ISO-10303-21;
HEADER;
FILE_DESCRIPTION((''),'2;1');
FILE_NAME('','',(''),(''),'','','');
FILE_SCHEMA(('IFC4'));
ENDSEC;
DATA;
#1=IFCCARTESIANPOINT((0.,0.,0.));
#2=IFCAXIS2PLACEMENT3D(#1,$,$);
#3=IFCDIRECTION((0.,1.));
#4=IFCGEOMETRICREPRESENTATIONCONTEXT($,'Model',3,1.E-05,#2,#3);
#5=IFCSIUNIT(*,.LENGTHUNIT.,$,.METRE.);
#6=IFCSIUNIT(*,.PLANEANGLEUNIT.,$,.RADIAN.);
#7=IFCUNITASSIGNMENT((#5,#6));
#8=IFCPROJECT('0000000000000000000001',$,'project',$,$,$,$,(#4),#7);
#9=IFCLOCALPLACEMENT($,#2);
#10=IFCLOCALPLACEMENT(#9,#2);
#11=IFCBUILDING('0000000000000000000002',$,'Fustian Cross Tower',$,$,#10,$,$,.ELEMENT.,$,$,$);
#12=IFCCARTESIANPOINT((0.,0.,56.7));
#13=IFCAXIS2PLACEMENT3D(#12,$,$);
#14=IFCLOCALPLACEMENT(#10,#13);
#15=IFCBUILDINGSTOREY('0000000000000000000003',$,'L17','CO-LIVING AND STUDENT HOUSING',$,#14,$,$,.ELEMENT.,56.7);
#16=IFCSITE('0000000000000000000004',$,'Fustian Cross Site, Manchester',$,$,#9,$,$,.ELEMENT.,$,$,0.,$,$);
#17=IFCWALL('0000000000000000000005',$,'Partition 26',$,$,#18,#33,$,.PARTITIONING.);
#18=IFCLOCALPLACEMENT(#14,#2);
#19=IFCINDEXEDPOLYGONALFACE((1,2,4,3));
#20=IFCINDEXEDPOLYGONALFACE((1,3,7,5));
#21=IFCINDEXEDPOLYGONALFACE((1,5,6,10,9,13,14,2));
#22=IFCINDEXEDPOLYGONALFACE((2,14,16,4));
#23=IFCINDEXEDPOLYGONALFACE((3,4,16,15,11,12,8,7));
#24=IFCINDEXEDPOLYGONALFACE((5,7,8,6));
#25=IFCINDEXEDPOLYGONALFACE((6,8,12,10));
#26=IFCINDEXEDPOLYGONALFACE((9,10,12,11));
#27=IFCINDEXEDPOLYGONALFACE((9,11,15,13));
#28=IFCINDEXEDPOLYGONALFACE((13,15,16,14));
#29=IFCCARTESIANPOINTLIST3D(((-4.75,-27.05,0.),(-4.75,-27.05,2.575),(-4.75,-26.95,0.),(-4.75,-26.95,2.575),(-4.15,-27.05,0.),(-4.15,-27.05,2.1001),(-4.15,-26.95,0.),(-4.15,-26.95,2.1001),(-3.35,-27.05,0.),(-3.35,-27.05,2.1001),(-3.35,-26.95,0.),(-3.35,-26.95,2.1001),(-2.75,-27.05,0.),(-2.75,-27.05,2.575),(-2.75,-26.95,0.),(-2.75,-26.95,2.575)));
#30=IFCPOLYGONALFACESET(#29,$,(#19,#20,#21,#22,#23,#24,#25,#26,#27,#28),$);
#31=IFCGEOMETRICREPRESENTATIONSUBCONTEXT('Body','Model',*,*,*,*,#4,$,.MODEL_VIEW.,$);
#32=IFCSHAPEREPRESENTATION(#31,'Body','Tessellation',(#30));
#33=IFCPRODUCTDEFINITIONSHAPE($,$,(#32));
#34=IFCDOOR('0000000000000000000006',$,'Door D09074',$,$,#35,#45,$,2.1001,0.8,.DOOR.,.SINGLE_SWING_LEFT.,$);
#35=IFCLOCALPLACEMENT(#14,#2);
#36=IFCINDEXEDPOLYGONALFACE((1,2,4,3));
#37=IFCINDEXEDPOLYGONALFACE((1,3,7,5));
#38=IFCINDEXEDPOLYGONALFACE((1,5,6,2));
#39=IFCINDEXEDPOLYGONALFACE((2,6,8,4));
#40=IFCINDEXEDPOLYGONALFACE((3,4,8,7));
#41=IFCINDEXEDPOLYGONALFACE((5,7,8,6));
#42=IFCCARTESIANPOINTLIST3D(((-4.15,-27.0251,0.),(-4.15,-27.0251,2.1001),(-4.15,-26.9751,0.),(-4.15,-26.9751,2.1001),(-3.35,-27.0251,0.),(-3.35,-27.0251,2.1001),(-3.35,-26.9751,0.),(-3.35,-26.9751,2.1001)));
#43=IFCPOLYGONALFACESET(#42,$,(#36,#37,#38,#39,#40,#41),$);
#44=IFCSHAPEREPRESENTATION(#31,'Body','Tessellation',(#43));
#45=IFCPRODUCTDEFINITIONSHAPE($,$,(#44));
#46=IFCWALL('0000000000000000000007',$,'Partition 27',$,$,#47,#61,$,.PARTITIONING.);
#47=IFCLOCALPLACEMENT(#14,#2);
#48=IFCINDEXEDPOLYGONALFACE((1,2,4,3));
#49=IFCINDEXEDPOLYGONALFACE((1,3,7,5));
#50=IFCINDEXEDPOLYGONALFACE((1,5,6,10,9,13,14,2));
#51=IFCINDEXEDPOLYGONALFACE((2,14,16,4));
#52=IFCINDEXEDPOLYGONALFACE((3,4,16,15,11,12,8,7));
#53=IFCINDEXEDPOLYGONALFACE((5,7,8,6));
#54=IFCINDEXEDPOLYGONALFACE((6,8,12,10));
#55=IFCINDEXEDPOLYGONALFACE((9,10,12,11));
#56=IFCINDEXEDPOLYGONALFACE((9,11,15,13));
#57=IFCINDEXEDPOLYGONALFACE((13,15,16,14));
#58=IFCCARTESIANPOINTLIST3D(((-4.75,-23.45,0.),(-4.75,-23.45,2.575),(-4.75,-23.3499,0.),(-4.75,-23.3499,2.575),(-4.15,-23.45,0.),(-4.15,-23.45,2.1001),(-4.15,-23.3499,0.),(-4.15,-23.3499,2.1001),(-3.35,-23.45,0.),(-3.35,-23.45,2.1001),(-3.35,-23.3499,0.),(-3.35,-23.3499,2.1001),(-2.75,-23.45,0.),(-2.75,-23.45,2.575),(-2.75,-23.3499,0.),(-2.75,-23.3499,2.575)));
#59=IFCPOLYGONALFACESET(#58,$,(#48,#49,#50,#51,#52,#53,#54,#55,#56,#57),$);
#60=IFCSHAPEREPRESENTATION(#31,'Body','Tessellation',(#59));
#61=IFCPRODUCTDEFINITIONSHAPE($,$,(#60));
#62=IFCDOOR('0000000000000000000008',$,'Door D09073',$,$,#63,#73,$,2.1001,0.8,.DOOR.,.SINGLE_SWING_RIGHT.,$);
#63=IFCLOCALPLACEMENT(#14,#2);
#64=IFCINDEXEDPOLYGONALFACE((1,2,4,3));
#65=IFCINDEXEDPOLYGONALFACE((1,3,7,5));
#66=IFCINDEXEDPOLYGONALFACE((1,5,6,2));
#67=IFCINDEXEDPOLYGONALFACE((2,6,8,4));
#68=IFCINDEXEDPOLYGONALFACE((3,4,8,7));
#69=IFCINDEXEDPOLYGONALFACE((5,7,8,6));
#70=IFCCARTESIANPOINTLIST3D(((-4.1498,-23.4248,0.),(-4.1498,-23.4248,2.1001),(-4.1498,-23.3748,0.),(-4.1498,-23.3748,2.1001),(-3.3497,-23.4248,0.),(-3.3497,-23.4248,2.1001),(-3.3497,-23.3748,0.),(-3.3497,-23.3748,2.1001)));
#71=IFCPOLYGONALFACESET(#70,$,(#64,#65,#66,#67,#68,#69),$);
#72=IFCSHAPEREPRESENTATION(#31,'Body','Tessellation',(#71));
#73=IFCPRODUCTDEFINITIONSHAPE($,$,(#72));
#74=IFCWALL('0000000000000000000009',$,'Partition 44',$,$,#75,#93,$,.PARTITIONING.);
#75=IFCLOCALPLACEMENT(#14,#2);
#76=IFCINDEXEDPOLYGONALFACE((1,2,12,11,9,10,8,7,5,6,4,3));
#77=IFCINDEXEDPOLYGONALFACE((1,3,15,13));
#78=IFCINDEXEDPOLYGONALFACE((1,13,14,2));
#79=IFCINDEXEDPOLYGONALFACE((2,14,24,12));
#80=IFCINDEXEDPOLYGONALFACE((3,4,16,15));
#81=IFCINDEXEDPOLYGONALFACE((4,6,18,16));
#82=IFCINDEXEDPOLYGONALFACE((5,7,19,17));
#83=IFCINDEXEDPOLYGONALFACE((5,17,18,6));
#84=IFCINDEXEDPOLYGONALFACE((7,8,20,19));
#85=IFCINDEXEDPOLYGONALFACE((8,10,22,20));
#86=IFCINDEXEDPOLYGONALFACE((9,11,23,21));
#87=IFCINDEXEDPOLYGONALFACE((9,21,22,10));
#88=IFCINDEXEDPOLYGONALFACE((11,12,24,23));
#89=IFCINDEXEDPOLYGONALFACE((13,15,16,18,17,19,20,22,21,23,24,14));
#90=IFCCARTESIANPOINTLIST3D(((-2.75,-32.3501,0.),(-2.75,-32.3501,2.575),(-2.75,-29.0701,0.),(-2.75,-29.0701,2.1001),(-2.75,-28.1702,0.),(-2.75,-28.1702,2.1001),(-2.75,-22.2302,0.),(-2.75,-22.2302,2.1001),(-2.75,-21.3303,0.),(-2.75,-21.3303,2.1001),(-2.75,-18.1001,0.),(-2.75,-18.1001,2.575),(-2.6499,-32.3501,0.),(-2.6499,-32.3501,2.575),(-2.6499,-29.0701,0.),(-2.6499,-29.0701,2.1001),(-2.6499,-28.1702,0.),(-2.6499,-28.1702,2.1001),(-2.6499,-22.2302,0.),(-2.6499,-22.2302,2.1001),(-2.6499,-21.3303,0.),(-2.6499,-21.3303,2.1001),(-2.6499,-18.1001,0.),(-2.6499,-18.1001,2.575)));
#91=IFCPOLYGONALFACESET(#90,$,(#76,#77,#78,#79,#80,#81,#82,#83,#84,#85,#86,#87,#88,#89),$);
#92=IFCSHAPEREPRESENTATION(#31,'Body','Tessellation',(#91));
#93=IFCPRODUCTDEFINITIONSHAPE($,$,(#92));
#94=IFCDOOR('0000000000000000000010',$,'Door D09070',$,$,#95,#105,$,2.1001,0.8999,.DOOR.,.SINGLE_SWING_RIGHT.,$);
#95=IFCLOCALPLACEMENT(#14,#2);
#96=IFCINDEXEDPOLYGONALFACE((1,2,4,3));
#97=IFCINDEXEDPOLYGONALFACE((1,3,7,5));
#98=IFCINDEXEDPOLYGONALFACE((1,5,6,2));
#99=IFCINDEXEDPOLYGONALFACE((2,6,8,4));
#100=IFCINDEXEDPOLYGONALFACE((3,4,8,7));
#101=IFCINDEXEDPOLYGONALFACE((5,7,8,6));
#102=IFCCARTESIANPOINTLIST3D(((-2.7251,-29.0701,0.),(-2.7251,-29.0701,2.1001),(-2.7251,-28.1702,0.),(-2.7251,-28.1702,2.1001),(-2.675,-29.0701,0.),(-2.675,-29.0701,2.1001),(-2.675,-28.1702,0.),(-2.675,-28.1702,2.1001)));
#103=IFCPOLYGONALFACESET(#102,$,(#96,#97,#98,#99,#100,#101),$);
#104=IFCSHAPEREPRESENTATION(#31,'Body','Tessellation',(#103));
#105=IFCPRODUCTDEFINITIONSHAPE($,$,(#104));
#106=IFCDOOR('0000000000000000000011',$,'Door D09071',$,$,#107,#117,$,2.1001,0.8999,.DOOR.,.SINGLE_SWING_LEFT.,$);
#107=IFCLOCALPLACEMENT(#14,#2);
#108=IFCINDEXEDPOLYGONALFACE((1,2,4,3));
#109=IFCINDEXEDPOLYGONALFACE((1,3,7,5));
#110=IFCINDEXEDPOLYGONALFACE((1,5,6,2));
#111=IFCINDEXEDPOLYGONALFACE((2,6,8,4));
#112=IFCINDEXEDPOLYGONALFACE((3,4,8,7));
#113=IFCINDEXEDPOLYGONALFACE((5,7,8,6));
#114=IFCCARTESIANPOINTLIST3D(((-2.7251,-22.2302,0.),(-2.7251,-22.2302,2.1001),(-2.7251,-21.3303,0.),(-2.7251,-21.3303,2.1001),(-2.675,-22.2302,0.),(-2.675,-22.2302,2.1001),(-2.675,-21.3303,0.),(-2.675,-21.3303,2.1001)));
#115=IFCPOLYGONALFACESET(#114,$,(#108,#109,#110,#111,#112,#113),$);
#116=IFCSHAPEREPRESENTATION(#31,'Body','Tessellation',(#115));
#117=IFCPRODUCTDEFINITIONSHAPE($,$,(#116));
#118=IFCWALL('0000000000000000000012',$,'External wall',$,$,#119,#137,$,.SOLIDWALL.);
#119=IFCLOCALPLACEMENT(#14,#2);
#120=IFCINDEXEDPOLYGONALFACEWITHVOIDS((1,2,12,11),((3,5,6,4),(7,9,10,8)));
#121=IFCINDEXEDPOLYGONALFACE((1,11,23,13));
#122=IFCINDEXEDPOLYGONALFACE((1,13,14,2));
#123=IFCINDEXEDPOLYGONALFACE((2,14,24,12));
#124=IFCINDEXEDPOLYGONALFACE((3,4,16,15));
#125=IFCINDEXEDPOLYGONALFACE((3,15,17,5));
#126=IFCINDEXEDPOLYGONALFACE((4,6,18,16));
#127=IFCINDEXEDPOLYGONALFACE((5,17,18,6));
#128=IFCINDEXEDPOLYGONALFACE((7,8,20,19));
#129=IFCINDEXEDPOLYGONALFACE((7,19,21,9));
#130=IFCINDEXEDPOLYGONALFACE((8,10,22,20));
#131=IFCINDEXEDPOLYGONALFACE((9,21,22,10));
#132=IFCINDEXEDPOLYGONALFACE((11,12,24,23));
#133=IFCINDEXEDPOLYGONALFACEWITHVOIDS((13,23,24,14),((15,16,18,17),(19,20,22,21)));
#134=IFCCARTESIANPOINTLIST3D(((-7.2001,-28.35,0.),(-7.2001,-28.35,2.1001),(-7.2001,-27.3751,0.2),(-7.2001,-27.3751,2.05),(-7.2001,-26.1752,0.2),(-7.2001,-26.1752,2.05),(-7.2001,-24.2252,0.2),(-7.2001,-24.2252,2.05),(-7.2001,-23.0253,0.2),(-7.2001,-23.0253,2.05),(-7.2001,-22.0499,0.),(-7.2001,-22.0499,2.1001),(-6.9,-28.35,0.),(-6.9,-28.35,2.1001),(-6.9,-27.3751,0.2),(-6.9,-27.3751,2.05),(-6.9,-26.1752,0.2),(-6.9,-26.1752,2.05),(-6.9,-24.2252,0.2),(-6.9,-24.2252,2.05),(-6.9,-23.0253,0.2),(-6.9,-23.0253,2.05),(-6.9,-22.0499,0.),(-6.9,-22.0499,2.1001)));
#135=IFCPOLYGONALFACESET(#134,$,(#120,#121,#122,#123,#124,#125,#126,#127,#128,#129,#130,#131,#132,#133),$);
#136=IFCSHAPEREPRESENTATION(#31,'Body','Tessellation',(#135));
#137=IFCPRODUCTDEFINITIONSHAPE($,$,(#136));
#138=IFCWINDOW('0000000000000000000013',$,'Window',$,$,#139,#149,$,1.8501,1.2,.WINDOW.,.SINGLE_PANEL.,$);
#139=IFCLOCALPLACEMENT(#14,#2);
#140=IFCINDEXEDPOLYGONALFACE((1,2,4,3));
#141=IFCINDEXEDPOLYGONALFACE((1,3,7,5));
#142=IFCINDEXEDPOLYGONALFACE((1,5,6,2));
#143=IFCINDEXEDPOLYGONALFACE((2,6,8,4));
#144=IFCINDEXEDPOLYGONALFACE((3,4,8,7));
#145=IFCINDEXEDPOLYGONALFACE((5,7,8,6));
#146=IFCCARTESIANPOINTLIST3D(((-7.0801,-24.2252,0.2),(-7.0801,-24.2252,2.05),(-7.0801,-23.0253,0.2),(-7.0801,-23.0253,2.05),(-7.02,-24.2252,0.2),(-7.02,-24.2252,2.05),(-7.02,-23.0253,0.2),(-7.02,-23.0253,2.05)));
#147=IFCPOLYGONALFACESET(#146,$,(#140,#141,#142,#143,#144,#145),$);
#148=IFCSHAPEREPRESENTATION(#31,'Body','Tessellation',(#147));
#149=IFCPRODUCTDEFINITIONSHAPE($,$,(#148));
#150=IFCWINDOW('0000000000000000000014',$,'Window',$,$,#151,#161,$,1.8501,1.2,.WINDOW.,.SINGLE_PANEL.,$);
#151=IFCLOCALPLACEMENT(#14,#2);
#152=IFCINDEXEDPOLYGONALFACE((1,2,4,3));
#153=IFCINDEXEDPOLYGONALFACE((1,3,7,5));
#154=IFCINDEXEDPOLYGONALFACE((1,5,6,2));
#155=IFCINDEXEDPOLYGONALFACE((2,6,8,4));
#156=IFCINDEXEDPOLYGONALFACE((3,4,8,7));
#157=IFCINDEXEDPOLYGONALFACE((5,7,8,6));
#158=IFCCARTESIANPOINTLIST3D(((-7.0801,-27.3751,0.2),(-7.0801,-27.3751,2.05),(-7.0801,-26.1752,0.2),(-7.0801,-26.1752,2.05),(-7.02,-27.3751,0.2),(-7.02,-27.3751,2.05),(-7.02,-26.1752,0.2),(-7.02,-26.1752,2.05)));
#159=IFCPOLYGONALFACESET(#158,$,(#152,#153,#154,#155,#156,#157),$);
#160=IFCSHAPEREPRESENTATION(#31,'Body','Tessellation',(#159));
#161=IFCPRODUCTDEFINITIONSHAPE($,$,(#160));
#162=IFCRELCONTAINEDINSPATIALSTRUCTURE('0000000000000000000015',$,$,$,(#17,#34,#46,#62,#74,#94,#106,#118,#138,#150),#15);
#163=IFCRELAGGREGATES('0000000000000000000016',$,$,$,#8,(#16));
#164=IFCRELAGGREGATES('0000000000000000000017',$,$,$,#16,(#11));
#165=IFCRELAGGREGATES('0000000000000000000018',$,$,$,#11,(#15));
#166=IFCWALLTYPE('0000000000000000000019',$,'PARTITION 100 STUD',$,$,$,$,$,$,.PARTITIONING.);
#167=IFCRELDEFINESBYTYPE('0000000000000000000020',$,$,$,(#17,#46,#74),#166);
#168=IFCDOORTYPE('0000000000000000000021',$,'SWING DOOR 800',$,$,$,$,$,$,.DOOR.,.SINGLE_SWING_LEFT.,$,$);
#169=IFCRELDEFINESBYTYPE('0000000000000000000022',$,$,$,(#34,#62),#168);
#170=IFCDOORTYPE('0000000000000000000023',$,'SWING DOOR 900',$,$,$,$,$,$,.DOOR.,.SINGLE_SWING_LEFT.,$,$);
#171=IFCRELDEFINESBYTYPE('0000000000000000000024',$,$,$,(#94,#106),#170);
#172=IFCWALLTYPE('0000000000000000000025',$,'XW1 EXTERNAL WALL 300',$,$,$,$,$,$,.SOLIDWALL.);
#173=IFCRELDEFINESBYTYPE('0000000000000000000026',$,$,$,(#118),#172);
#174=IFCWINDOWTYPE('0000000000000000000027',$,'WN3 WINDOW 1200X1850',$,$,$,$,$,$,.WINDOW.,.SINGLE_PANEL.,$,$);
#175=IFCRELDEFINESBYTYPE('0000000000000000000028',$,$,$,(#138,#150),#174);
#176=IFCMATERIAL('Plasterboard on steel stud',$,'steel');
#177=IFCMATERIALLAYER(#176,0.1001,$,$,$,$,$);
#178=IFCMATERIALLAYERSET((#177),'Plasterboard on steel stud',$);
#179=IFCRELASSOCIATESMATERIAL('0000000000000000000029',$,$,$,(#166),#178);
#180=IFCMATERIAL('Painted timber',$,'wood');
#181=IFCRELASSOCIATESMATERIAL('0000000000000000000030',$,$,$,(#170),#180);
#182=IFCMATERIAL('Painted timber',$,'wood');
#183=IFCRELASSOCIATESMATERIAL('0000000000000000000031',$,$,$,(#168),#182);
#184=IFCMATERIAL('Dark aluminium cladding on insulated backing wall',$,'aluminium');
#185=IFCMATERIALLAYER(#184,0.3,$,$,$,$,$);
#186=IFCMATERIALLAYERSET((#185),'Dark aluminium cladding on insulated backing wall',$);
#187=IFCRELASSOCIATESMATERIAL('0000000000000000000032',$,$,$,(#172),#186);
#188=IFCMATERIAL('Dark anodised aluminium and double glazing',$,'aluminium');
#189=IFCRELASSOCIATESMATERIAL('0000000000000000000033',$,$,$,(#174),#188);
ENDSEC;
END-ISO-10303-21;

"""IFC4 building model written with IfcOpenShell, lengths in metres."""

from ifc_helpers import new_model, si_unit, direction, frame, frame_2d, origin, place, context, subcontext, project, spatial, rectangle, extrude, material, layer, layer_set, type_object, element, fill, save


model = new_model("IFC4")

# Units and contexts
model_context = context("Model", 3, precision=1e-05, world=origin(), true_north=direction((0.0, 1.0)))
body_context = subcontext(model_context, "Body", "Model", "MODEL_VIEW")
ifc_project = project(units=[si_unit("LENGTHUNIT", "METRE"), si_unit("PLANEANGLEUNIT", "RADIAN")], contexts=[model_context])

# Site, building, storey
site_placement = place(None, origin())
site = spatial("IfcSite", under=ifc_project, at=site_placement, Name="Fustian Cross Site, Manchester", CompositionType="ELEMENT", RefElevation=0.0)
building_placement = place(site_placement, origin())
building = spatial("IfcBuilding", under=site, at=building_placement, Name="Fustian Cross Tower", CompositionType="ELEMENT")
storey_placement = place(building_placement, frame((0.0, 0.0, 56.7)))
storey = spatial("IfcBuildingStorey", under=building, at=storey_placement, Name="L17", Description="CO-LIVING AND STUDENT HOUSING", CompositionType="ELEMENT", Elevation=56.7)

# Shared definitions
ifc_material_1 = material(Name="Plasterboard on steel stud", Category="steel")
ifc_layer_1 = layer(ifc_material_1, 0.1001)
ifc_layer_set_1 = layer_set([ifc_layer_1], Name="Plasterboard on steel stud")
wall_type_1 = type_object("IfcWallType", Name="PARTITION 100 STUD", PredefinedType="PARTITIONING", material=ifc_layer_set_1)

# Shared definitions
ifc_material_2 = material(Name="Painted timber", Category="wood")
door_type_1 = type_object("IfcDoorType", Name="SWING DOOR 900", OperationType="SINGLE_SWING_LEFT", PredefinedType="DOOR", material=ifc_material_2)

# Shared definitions
ifc_material_3 = material(Name="Painted timber", Category="wood")
door_type_2 = type_object("IfcDoorType", Name="SWING DOOR 800", OperationType="SINGLE_SWING_LEFT", PredefinedType="DOOR", material=ifc_material_3)

# Walls, openings, doors
wall_1_placement = place(storey_placement, frame((-4.75, -27.0, 0.0), z_axis=(0.0, 0.0, 1.0), x_axis=(1.0, 0.0, 0.0)))
wall_1 = element("IfcWall", 1, at=wall_1_placement, inside=storey, type_object=wall_type_1, Name="Partition 26", PredefinedType="PARTITIONING", context=body_context, shape_type="SweptSolid", body=[
    extrude(rectangle(XDim=2.0, YDim=0.1001, at=frame_2d((1.0, 0.0))), origin(), (0.0, 0.0, 1.0), 2.575),
])
opening_1_placement = place(wall_1_placement, frame((0.6001, 0.0, 0.0)))
opening_1 = element("IfcOpeningElement", 2, at=opening_1_placement, cuts=wall_1, PredefinedType="OPENING", context=body_context, shape_type="SweptSolid", body=[
    extrude(rectangle(XDim=0.8, YDim=2.1001, at=frame_2d((0.3999, 1.05))), frame((0.0, 0.0601, 0.0), z_axis=(0.0, -1.0, 0.0), x_axis=(1.0, 0.0, 0.0)), (0.0, 0.0, 1.0), 0.1201),
])
door_1_placement = place(opening_1_placement, origin())
door_1 = element("IfcDoor", 3, at=door_1_placement, inside=storey, type_object=door_type_2, Name="Door D09074", OperationType="SINGLE_SWING_LEFT", OverallHeight=2.1001, OverallWidth=0.8, PredefinedType="DOOR", context=body_context, shape_type="SweptSolid", body=[
    extrude(rectangle(XDim=0.8, YDim=2.1001, at=frame_2d((0.3999, 1.05))), frame((0.0, 0.0249, 0.0), z_axis=(0.0, -1.0, 0.0), x_axis=(1.0, 0.0, 0.0)), (0.0, 0.0, 1.0), 0.05),
])
fill(opening_1, door_1)
wall_2_placement = place(storey_placement, frame((-4.75, -23.3999, 0.0), z_axis=(0.0, 0.0, 1.0), x_axis=(1.0, 0.0, 0.0)))
wall_2 = element("IfcWall", 4, at=wall_2_placement, inside=storey, type_object=wall_type_1, Name="Partition 27", PredefinedType="PARTITIONING", context=body_context, shape_type="SweptSolid", body=[
    extrude(rectangle(XDim=2.0, YDim=0.1001, at=frame_2d((1.0, 0.0))), origin(), (0.0, 0.0, 1.0), 2.575),
])
opening_2_placement = place(wall_2_placement, frame((0.6001, 0.0, 0.0)))
opening_2 = element("IfcOpeningElement", 5, at=opening_2_placement, cuts=wall_2, PredefinedType="OPENING", context=body_context, shape_type="SweptSolid", body=[
    extrude(rectangle(XDim=0.8, YDim=2.1001, at=frame_2d((0.3999, 1.05))), frame((0.0, 0.0601, 0.0), z_axis=(0.0, -1.0, 0.0), x_axis=(1.0, 0.0, 0.0)), (0.0, 0.0, 1.0), 0.1201),
])
door_2_placement = place(opening_2_placement, frame((0.8, 0.0, 0.0), z_axis=(0.0, 0.0, 1.0), x_axis=(-1.0, 0.0, 0.0)))
door_2 = element("IfcDoor", 6, at=door_2_placement, inside=storey, type_object=door_type_2, Name="Door D09073", OperationType="SINGLE_SWING_RIGHT", OverallHeight=2.1001, OverallWidth=0.8, PredefinedType="DOOR", context=body_context, shape_type="SweptSolid", body=[
    extrude(rectangle(XDim=0.8, YDim=2.1001, at=frame_2d((0.3999, 1.05))), frame((0.0, 0.0249, 0.0), z_axis=(0.0, -1.0, 0.0), x_axis=(1.0, 0.0, 0.0)), (0.0, 0.0, 1.0), 0.05),
])
fill(opening_2, door_2)

# Wall, openings, doors
wall_3_placement = place(storey_placement, frame((-2.7, -32.3501, 0.0), z_axis=(0.0, 0.0, 1.0), x_axis=(0.0, 1.0, 0.0)))
wall_3 = element("IfcWall", 7, at=wall_3_placement, inside=storey, type_object=wall_type_1, Name="Partition 44", PredefinedType="PARTITIONING", context=body_context, shape_type="SweptSolid", body=[
    extrude(rectangle(XDim=14.25, YDim=0.1001, at=frame_2d((7.125, 0.0))), origin(), (0.0, 0.0, 1.0), 2.575),
])
opening_3_placement = place(wall_3_placement, frame((3.28, 0.0, 0.0)))
opening_3 = element("IfcOpeningElement", 8, at=opening_3_placement, cuts=wall_3, PredefinedType="OPENING", context=body_context, shape_type="SweptSolid", body=[
    extrude(rectangle(XDim=0.8999, YDim=2.1001, at=frame_2d((0.45, 1.05))), frame((0.0, 0.0601, 0.0), z_axis=(0.0, -1.0, 0.0), x_axis=(1.0, 0.0, 0.0)), (0.0, 0.0, 1.0), 0.1201),
])
opening_4_placement = place(wall_3_placement, frame((10.1199, 0.0, 0.0)))
opening_4 = element("IfcOpeningElement", 9, at=opening_4_placement, cuts=wall_3, PredefinedType="OPENING", context=body_context, shape_type="SweptSolid", body=[
    extrude(rectangle(XDim=0.8999, YDim=2.1001, at=frame_2d((0.45, 1.05))), frame((0.0, 0.0601, 0.0), z_axis=(0.0, -1.0, 0.0), x_axis=(1.0, 0.0, 0.0)), (0.0, 0.0, 1.0), 0.1201),
])
door_3_placement = place(opening_3_placement, frame((0.8999, 0.0, 0.0), z_axis=(0.0, 0.0, 1.0), x_axis=(-1.0, 0.0, 0.0)))
door_3 = element("IfcDoor", 10, at=door_3_placement, inside=storey, type_object=door_type_1, Name="Door D09070", OperationType="SINGLE_SWING_RIGHT", OverallHeight=2.1001, OverallWidth=0.8999, PredefinedType="DOOR", context=body_context, shape_type="SweptSolid", body=[
    extrude(rectangle(XDim=0.8999, YDim=2.1001, at=frame_2d((0.45, 1.05))), frame((0.0, 0.0249, 0.0), z_axis=(0.0, -1.0, 0.0), x_axis=(1.0, 0.0, 0.0)), (0.0, 0.0, 1.0), 0.05),
])
fill(opening_3, door_3)
door_4_placement = place(opening_4_placement, frame((0.8999, 0.0, 0.0), z_axis=(0.0, 0.0, 1.0), x_axis=(-1.0, 0.0, 0.0)))
door_4 = element("IfcDoor", 11, at=door_4_placement, inside=storey, type_object=door_type_1, Name="Door D09071", OperationType="SINGLE_SWING_LEFT", OverallHeight=2.1001, OverallWidth=0.8999, PredefinedType="DOOR", context=body_context, shape_type="SweptSolid", body=[
    extrude(rectangle(XDim=0.8999, YDim=2.1001, at=frame_2d((0.45, 1.05))), frame((0.0, 0.0249, 0.0), z_axis=(0.0, -1.0, 0.0), x_axis=(1.0, 0.0, 0.0)), (0.0, 0.0, 1.0), 0.05),
])
fill(opening_4, door_4)

# Wall, openings, windows
ifc_material_4 = material(Name="Dark aluminium cladding on insulated backing wall", Category="aluminium")
ifc_layer_2 = layer(ifc_material_4, 0.3)
ifc_layer_set_2 = layer_set([ifc_layer_2], Name="Dark aluminium cladding on insulated backing wall")
wall_type_2 = type_object("IfcWallType", Name="XW1 EXTERNAL WALL 300", PredefinedType="SOLIDWALL", material=ifc_layer_set_2)
wall_4_placement = place(storey_placement, frame((-7.05, -22.05, 0.0), z_axis=(0.0, 0.0, 1.0), x_axis=(0.0, -1.0, 0.0)))
wall_4 = element("IfcWall", 12, at=wall_4_placement, inside=storey, type_object=wall_type_2, Name="External wall", PredefinedType="SOLIDWALL", context=body_context, shape_type="SweptSolid", body=[
    extrude(rectangle(XDim=6.3, YDim=0.3, at=frame_2d((3.1499, 0.0))), origin(), (0.0, 0.0, 1.0), 2.1001),
])
opening_5_placement = place(wall_4_placement, frame((0.9751, 0.0, 0.2)))
opening_5 = element("IfcOpeningElement", 13, at=opening_5_placement, cuts=wall_4, PredefinedType="OPENING", context=body_context, shape_type="SweptSolid", body=[
    extrude(rectangle(XDim=1.2, YDim=1.8501, at=frame_2d((0.6001, 0.925))), frame((0.0, 0.1599, 0.0), z_axis=(0.0, -1.0, 0.0), x_axis=(1.0, 0.0, 0.0)), (0.0, 0.0, 1.0), 0.3201),
])
opening_6_placement = place(wall_4_placement, frame((4.125, 0.0, 0.2)))
opening_6 = element("IfcOpeningElement", 14, at=opening_6_placement, cuts=wall_4, PredefinedType="OPENING", context=body_context, shape_type="SweptSolid", body=[
    extrude(rectangle(XDim=1.2, YDim=1.8501, at=frame_2d((0.6001, 0.925))), frame((0.0, 0.1599, 0.0), z_axis=(0.0, -1.0, 0.0), x_axis=(1.0, 0.0, 0.0)), (0.0, 0.0, 1.0), 0.3201),
])
ifc_material_5 = material(Name="Dark anodised aluminium and double glazing", Category="aluminium")
window_type_1 = type_object("IfcWindowType", Name="WN3 WINDOW 1200X1850", PartitioningType="SINGLE_PANEL", PredefinedType="WINDOW", material=ifc_material_5)
window_1_placement = place(opening_5_placement, origin())
window_1 = element("IfcWindow", 15, at=window_1_placement, inside=storey, type_object=window_type_1, Name="Window", OverallHeight=1.8501, OverallWidth=1.2, PartitioningType="SINGLE_PANEL", PredefinedType="WINDOW", context=body_context, shape_type="SweptSolid", body=[
    extrude(rectangle(XDim=1.2, YDim=1.8501, at=frame_2d((0.6001, 0.925))), frame((0.0, 0.03, 0.0), z_axis=(0.0, -1.0, 0.0), x_axis=(1.0, 0.0, 0.0)), (0.0, 0.0, 1.0), 0.0601),
])
fill(opening_5, window_1)
window_2_placement = place(opening_6_placement, origin())
window_2 = element("IfcWindow", 16, at=window_2_placement, inside=storey, type_object=window_type_1, Name="Window", OverallHeight=1.8501, OverallWidth=1.2, PartitioningType="SINGLE_PANEL", PredefinedType="WINDOW", context=body_context, shape_type="SweptSolid", body=[
    extrude(rectangle(XDim=1.2, YDim=1.8501, at=frame_2d((0.6001, 0.925))), frame((0.0, 0.03, 0.0), z_axis=(0.0, -1.0, 0.0), x_axis=(1.0, 0.0, 0.0)), (0.0, 0.0, 1.0), 0.0601),
])
fill(opening_6, window_2)

save(model, "model.ifc")
